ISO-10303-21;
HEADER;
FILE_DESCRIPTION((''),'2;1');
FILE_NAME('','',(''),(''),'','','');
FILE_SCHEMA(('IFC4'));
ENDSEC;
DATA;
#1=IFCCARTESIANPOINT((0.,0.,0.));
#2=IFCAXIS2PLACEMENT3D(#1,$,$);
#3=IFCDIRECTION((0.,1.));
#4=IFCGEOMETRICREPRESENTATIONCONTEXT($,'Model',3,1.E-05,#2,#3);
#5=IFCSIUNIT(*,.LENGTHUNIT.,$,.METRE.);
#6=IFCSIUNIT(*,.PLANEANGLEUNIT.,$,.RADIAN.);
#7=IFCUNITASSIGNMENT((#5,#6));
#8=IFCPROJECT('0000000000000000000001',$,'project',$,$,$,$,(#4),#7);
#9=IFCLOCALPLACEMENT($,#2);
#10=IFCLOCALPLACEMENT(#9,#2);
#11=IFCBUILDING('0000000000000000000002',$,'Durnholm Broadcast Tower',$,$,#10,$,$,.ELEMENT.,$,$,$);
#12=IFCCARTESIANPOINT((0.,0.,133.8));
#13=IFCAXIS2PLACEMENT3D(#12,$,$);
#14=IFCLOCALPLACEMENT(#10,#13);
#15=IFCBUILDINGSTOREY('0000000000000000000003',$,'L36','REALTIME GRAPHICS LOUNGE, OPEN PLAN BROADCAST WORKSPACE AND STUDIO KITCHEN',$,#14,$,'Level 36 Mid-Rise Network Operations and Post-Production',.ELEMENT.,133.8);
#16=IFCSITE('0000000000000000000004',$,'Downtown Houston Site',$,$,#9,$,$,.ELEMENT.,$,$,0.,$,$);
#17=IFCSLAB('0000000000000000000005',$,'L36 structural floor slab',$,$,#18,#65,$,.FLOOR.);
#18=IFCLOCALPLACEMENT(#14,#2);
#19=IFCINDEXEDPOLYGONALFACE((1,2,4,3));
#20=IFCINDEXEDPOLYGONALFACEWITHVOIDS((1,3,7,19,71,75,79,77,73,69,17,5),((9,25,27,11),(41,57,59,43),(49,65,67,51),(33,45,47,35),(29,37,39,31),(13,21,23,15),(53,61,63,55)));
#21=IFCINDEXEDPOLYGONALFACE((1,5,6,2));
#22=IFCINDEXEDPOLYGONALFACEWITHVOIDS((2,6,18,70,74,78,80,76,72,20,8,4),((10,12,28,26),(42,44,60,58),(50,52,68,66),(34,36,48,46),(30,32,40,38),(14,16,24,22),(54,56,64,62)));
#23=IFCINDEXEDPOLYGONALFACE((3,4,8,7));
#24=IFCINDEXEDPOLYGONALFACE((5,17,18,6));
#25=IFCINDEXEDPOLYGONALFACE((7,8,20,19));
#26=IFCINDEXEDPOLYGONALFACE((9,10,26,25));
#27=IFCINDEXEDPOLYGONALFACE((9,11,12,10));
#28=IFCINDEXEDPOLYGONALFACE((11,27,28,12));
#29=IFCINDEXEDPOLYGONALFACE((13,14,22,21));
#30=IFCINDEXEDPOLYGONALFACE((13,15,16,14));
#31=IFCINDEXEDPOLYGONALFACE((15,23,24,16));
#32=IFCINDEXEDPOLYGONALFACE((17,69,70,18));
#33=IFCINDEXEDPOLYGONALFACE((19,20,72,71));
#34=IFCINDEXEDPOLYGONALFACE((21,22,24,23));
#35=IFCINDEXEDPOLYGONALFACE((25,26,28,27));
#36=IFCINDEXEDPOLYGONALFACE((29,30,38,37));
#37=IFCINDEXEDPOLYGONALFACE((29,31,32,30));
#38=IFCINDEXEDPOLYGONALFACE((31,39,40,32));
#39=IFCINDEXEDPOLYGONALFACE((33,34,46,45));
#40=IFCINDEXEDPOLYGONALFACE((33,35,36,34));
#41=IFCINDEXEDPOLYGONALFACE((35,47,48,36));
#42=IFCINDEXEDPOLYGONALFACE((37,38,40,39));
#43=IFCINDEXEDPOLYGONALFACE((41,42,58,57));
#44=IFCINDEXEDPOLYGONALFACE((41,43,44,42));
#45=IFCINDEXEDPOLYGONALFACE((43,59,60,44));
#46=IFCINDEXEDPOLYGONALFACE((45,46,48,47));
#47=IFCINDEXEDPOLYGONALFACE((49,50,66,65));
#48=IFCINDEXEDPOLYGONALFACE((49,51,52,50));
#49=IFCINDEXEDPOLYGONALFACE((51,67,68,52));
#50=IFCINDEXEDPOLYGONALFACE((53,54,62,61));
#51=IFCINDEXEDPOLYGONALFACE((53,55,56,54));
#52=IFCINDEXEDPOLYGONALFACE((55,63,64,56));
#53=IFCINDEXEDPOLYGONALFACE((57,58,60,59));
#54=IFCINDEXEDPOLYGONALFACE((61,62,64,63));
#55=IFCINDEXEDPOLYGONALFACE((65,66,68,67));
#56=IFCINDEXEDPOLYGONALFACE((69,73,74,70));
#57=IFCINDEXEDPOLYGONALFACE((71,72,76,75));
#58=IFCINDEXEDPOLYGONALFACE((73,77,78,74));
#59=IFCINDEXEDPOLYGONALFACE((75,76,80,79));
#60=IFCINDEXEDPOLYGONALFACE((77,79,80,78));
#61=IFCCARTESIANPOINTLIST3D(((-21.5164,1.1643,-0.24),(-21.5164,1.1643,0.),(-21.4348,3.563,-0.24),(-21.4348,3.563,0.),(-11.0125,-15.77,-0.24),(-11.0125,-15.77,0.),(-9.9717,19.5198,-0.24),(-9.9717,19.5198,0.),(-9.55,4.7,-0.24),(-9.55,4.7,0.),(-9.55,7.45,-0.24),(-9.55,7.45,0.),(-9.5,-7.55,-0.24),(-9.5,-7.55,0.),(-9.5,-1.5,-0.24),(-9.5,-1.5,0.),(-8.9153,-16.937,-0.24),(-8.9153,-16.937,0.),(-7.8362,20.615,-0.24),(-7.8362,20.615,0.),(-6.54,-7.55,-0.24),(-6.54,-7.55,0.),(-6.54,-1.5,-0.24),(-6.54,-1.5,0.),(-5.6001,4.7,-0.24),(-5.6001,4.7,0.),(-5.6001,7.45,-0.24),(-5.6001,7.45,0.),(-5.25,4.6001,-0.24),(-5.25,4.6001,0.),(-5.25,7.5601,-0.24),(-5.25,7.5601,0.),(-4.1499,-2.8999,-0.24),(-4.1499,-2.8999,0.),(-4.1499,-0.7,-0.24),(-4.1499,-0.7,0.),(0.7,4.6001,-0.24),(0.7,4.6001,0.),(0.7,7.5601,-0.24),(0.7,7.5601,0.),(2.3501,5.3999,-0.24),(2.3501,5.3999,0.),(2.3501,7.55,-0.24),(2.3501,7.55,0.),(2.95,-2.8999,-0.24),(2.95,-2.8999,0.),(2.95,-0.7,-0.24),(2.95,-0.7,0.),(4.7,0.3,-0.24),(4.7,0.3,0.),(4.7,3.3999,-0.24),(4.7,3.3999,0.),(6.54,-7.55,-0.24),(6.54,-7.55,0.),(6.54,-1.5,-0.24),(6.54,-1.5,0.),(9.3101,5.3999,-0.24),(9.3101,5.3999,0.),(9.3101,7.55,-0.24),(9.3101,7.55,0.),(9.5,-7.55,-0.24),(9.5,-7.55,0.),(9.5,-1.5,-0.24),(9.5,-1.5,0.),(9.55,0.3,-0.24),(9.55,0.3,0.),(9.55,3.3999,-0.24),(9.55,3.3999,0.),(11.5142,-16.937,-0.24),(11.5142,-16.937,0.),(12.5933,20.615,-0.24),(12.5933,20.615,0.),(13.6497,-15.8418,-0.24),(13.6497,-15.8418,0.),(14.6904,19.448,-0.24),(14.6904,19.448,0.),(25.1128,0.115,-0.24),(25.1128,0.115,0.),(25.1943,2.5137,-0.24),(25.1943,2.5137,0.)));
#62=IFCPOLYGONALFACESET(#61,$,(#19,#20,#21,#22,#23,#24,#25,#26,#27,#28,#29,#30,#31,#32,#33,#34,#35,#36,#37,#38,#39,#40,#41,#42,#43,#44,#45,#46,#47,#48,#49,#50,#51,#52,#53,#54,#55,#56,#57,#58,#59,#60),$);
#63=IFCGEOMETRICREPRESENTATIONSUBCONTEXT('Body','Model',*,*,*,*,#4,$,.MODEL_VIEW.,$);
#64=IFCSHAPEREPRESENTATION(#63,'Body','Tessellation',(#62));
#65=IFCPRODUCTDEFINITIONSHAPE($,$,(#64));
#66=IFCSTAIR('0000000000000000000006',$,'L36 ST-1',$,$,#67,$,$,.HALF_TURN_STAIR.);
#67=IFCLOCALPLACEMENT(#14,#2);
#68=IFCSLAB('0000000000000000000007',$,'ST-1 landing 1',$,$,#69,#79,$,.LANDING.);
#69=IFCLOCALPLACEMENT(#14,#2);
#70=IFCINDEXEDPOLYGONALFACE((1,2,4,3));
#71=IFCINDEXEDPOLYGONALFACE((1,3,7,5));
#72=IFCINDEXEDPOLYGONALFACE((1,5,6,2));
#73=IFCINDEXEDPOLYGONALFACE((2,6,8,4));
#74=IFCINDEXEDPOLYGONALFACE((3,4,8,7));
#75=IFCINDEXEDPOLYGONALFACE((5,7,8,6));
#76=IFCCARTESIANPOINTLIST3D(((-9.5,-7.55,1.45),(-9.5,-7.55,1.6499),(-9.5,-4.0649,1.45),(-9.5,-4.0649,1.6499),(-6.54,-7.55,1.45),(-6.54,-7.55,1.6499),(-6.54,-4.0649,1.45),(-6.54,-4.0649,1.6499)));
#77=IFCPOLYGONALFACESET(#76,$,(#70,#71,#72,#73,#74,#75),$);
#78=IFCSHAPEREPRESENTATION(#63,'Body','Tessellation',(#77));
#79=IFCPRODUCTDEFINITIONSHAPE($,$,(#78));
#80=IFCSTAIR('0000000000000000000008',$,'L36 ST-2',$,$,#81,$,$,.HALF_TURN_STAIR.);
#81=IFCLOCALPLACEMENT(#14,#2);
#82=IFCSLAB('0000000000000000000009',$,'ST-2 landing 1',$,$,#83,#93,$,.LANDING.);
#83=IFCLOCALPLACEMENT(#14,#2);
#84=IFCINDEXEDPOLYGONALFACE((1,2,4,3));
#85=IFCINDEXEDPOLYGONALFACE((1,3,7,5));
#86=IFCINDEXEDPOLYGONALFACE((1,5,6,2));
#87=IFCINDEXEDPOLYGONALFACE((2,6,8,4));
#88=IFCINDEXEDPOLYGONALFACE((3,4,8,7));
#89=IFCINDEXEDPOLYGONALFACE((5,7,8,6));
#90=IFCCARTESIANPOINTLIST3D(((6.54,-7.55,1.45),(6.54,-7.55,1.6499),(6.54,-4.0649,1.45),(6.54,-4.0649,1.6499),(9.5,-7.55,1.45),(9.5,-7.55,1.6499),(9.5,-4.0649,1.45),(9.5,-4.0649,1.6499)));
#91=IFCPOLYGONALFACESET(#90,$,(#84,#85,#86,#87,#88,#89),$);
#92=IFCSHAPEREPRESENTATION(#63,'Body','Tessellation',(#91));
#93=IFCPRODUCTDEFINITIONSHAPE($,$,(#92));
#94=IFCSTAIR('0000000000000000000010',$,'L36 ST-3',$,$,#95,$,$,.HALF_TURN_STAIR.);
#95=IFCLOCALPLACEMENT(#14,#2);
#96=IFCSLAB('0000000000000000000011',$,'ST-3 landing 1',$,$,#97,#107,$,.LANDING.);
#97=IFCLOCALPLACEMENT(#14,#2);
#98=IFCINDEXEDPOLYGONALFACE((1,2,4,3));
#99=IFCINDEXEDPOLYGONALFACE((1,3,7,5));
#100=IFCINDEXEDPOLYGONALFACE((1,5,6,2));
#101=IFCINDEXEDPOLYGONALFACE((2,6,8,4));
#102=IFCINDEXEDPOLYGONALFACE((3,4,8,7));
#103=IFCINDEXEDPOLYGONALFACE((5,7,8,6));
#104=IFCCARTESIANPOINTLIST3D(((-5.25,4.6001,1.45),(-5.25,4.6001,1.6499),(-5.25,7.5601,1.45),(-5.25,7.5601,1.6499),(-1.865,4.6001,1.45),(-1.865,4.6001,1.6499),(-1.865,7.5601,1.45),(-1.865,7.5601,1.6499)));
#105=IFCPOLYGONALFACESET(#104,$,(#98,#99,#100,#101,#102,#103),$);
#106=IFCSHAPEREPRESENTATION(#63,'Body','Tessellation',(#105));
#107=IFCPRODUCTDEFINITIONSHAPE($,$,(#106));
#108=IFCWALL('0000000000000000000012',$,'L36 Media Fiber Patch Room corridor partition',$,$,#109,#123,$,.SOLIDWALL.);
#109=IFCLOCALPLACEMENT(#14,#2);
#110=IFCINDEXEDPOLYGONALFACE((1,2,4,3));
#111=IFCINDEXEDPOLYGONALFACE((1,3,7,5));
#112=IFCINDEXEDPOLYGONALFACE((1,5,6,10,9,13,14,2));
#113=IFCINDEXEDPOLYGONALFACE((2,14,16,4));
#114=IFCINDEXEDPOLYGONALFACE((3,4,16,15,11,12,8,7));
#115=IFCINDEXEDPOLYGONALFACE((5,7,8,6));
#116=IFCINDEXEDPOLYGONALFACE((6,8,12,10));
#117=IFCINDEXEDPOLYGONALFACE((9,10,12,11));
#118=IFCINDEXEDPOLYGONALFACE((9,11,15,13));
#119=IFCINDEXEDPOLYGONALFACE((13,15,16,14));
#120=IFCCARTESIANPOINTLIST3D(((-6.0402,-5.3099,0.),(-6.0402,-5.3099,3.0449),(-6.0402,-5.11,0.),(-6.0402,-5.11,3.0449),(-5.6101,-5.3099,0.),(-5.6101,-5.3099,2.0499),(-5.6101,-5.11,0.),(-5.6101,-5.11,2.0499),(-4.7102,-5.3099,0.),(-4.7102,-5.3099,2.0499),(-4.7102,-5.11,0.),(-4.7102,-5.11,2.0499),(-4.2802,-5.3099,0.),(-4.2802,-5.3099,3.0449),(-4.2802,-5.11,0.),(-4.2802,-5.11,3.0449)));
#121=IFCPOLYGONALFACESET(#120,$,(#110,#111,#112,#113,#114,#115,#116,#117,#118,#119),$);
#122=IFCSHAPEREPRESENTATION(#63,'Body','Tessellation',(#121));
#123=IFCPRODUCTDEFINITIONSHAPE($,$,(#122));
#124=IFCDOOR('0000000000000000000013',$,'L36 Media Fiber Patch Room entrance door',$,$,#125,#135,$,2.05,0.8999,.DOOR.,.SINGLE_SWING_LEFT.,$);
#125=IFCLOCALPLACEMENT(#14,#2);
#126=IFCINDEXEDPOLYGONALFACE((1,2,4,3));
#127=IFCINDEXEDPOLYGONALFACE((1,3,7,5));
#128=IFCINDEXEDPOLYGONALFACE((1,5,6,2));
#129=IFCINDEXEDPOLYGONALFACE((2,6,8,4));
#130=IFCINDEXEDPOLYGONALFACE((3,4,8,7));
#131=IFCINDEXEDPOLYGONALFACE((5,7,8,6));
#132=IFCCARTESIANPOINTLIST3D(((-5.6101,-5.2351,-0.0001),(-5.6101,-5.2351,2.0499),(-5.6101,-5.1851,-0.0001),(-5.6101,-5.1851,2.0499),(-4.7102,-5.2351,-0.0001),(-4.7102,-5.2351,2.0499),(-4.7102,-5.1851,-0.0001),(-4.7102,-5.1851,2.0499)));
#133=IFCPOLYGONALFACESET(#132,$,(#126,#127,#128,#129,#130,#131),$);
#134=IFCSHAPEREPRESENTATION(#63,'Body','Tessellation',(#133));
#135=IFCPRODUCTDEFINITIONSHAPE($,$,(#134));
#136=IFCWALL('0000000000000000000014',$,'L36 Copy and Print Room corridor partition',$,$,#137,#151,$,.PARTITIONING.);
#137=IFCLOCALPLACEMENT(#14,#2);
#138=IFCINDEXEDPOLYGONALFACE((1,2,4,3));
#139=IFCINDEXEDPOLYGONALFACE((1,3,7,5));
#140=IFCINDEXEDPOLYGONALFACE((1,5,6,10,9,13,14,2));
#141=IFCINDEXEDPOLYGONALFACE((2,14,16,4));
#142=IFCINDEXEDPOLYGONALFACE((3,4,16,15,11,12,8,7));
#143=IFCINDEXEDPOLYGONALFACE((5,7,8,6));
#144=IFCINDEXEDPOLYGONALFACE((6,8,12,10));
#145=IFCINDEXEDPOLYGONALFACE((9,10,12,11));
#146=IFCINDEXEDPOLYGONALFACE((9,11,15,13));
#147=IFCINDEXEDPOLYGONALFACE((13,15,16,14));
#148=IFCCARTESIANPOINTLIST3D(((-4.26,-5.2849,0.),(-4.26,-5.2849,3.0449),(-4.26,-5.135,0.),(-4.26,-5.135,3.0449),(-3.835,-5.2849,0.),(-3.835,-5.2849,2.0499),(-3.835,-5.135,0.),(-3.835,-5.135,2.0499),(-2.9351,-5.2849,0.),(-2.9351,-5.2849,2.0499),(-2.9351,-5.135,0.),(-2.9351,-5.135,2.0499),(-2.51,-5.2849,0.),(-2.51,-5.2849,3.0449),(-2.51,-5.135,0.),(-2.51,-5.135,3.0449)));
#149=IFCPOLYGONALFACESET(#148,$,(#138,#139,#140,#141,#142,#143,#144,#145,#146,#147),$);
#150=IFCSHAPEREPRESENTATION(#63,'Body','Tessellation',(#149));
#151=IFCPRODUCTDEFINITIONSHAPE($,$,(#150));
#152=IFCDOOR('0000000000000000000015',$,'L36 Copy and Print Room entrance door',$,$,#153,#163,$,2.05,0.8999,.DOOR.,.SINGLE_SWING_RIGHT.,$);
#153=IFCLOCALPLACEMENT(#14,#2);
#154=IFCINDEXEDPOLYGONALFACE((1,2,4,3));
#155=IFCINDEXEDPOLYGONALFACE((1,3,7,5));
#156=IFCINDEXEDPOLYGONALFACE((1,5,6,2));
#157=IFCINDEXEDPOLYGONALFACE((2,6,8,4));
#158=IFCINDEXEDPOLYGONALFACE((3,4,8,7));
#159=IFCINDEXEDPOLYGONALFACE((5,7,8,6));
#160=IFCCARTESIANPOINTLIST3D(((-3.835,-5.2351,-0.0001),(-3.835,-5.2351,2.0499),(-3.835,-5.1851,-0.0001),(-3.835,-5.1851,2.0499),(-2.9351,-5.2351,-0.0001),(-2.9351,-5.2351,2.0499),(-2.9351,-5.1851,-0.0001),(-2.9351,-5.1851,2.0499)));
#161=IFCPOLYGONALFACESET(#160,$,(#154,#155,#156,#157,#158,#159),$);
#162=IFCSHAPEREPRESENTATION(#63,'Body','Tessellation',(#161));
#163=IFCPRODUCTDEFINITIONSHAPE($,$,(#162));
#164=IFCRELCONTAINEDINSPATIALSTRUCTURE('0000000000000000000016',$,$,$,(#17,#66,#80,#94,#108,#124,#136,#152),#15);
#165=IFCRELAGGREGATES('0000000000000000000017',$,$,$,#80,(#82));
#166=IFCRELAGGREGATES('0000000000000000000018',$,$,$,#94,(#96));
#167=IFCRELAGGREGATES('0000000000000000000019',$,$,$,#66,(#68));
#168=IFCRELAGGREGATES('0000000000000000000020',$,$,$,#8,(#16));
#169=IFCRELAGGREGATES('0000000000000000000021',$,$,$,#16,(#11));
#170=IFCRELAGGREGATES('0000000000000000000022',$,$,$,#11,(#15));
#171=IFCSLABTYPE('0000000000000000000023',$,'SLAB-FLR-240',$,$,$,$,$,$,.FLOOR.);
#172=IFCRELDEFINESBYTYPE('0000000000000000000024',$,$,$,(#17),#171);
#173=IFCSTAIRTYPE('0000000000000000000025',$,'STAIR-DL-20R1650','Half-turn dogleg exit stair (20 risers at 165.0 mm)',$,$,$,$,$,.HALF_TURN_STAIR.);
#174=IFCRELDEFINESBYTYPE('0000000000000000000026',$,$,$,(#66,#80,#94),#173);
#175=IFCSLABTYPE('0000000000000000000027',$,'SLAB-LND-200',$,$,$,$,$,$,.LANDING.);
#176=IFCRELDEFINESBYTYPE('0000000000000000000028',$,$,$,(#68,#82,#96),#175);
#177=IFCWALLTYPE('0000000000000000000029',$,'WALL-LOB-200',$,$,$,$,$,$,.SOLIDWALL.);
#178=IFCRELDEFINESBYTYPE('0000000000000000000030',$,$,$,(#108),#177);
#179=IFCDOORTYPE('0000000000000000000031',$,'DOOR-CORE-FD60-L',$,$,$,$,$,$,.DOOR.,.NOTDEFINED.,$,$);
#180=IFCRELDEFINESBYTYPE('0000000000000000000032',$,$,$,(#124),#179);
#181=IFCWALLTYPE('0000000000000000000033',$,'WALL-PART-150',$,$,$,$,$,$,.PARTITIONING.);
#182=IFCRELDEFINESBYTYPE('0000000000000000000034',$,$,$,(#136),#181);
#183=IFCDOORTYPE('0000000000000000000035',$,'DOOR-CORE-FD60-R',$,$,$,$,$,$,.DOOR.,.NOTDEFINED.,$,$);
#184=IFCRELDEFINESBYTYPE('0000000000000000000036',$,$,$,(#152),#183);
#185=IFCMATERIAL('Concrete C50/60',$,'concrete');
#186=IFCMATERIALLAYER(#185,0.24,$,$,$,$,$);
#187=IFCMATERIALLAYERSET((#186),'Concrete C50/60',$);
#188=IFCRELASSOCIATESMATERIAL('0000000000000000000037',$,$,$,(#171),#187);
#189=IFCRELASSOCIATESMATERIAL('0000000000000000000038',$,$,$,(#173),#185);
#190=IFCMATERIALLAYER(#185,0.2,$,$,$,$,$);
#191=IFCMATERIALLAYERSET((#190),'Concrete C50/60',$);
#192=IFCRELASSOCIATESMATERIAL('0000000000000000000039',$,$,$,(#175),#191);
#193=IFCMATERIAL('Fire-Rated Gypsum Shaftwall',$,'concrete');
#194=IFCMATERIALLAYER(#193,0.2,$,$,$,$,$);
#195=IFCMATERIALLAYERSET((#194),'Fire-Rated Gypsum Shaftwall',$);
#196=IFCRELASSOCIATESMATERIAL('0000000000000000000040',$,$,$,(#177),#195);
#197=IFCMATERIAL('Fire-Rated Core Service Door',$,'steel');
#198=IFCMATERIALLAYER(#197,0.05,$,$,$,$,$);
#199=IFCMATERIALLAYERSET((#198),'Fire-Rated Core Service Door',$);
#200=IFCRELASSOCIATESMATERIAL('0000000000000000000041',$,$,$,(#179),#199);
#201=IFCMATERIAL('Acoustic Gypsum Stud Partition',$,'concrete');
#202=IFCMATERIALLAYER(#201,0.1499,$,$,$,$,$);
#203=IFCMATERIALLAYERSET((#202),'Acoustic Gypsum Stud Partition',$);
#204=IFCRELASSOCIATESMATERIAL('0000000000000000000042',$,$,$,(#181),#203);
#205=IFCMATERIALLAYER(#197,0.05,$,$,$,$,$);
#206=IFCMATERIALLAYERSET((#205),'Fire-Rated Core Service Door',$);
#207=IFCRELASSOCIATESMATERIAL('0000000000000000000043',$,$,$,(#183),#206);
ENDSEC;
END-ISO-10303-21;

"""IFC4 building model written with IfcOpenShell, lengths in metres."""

from ifc_helpers import new_model, si_unit, direction, frame, frame_2d, origin, place, context, subcontext, project, spatial, polyline, rectangle, outline, extrude, source, transform, mapped, material, layer, layer_set, type_object, type_shapes, element, fill, aggregate, save


model = new_model("IFC4")

# Units and contexts
model_context = context("Model", 3, precision=1e-05, world=origin(), true_north=direction((0.0, 1.0)))
body_context = subcontext(model_context, "Body", "Model", "MODEL_VIEW")
ifc_project = project(units=[si_unit("LENGTHUNIT", "METRE"), si_unit("PLANEANGLEUNIT", "RADIAN")], contexts=[model_context])

# Site, building, storey
site_placement = place(None, origin())
site = spatial("IfcSite", under=ifc_project, at=site_placement, Name="Downtown Houston Site", CompositionType="ELEMENT", RefElevation=0.0)
building_placement = place(site_placement, origin())
building = spatial("IfcBuilding", under=site, at=building_placement, Name="Durnholm Broadcast Tower", CompositionType="ELEMENT")
storey_placement = place(building_placement, frame((0.0, 0.0, 133.8)))
storey = spatial("IfcBuildingStorey", under=building, at=storey_placement, Name="L36", Description="REALTIME GRAPHICS LOUNGE, OPEN PLAN BROADCAST WORKSPACE AND STUDIO KITCHEN", LongName="Level 36 Mid-Rise Network Operations and Post-Production", CompositionType="ELEMENT", Elevation=133.8)

# Slab
ifc_material_1 = material(Name="Concrete C50/60", Category="concrete")
ifc_layer_1 = layer(ifc_material_1, 0.24)
ifc_layer_set_1 = layer_set([ifc_layer_1], Name="Concrete C50/60")
slab_type_1 = type_object("IfcSlabType", Name="SLAB-FLR-240", PredefinedType="FLOOR", material=ifc_layer_set_1)
slab_1_placement = place(storey_placement, frame((0.0, 0.0, -0.24)))
element("IfcSlab", 1, at=slab_1_placement, inside=storey, type_object=slab_type_1, Name="L36 structural floor slab", PredefinedType="FLOOR", context=body_context, shape_type="SweptSolid", body=[
    extrude(outline(polyline([(-11.0125, -15.77), (-8.9153, -16.937), (11.5142, -16.937), (13.6497, -15.8418), (25.1128, 0.115), (25.1943, 2.5137), (14.6904, 19.448), (12.5933, 20.615), (-7.8362, 20.615), (-9.9717, 19.5198), (-21.4348, 3.563), (-21.5164, 1.1643), (-11.0125, -15.77)]), holes=[polyline([(-6.54, -1.5), (-9.5, -1.5), (-9.5, -7.55), (-6.54, -7.55), (-6.54, -1.5)]), polyline([(9.5, -7.55), (9.5, -1.5), (6.54, -1.5), (6.54, -7.55), (9.5, -7.55)]), polyline([(2.95, -0.7), (-4.1499, -0.7), (-4.1499, -2.8999), (2.95, -2.8999), (2.95, -0.7)]), polyline([(9.55, 3.3999), (4.7, 3.3999), (4.7, 0.3), (9.55, 0.3), (9.55, 3.3999)]), polyline([(-5.6001, 7.45), (-9.55, 7.45), (-9.55, 4.7), (-5.6001, 4.7), (-5.6001, 7.45)]), polyline([(-5.25, 4.6001), (0.7, 4.6001), (0.7, 7.5601), (-5.25, 7.5601), (-5.25, 4.6001)]), polyline([(9.3101, 7.55), (2.3501, 7.55), (2.3501, 5.3999), (9.3101, 5.3999), (9.3101, 7.55)])]), origin(), (0.0, 0.0, 1.0), 0.24),
])

# Stairs, slabs
stair_type = type_object("IfcStairType", Name="STAIR-DL-20R1650", Description="Half-turn dogleg exit stair (20 risers at 165.0 mm)", PredefinedType="HALF_TURN_STAIR", material=ifc_material_1)
stair_1_placement = place(storey_placement, origin())
stair_1 = element("IfcStair", 2, at=stair_1_placement, inside=storey, type_object=stair_type, Name="L36 ST-1", PredefinedType="HALF_TURN_STAIR")
ifc_layer_2 = layer(ifc_material_1, 0.2)
ifc_layer_set_2 = layer_set([ifc_layer_2], Name="Concrete C50/60")
slab_type_2 = type_object("IfcSlabType", Name="SLAB-LND-200", PredefinedType="LANDING", material=ifc_layer_set_2)
slab_2_placement = place(storey_placement, frame((0.0, 0.0, 1.45)))
slab_2 = element("IfcSlab", 3, at=slab_2_placement, type_object=slab_type_2, Name="ST-1 landing 1", PredefinedType="LANDING", context=body_context, shape_type="SweptSolid", body=[
    extrude(outline(polyline([(-9.5, -4.0649), (-9.5, -7.55), (-6.54, -7.55), (-6.54, -4.0649), (-9.5, -4.0649)])), origin(), (0.0, 0.0, 1.0), 0.2),
])
stair_2_placement = place(storey_placement, origin())
stair_2 = element("IfcStair", 4, at=stair_2_placement, inside=storey, type_object=stair_type, Name="L36 ST-2", PredefinedType="HALF_TURN_STAIR")
slab_3_placement = place(storey_placement, frame((0.0, 0.0, 1.45)))
slab_3 = element("IfcSlab", 5, at=slab_3_placement, type_object=slab_type_2, Name="ST-2 landing 1", PredefinedType="LANDING", context=body_context, shape_type="SweptSolid", body=[
    extrude(outline(polyline([(6.54, -4.0649), (6.54, -7.55), (9.5, -7.55), (9.5, -4.0649), (6.54, -4.0649)])), origin(), (0.0, 0.0, 1.0), 0.2),
])
aggregate(stair_2, [slab_3])
stair_3_placement = place(storey_placement, origin())
stair_3 = element("IfcStair", 6, at=stair_3_placement, inside=storey, type_object=stair_type, Name="L36 ST-3", PredefinedType="HALF_TURN_STAIR")
slab_4_placement = place(storey_placement, frame((0.0, 0.0, 1.45)))
slab_4 = element("IfcSlab", 7, at=slab_4_placement, type_object=slab_type_2, Name="ST-3 landing 1", PredefinedType="LANDING", context=body_context, shape_type="SweptSolid", body=[
    extrude(outline(polyline([(-1.865, 7.5601), (-5.25, 7.5601), (-5.25, 4.6001), (-1.865, 4.6001), (-1.865, 7.5601)])), origin(), (0.0, 0.0, 1.0), 0.2),
])
aggregate(stair_3, [slab_4])

# Walls, openings, doors
ifc_material_2 = material(Name="Fire-Rated Gypsum Shaftwall", Category="concrete")
ifc_layer_3 = layer(ifc_material_2, 0.2)
ifc_layer_set_3 = layer_set([ifc_layer_3], Name="Fire-Rated Gypsum Shaftwall")
wall_type_1 = type_object("IfcWallType", Name="WALL-LOB-200", PredefinedType="SOLIDWALL", material=ifc_layer_set_3)
wall_1_placement = place(storey_placement, frame((-6.04, -5.21, 0.0), z_axis=(0.0, 0.0, 1.0), x_axis=(1.0, 0.0, 0.0)))
wall_1 = element("IfcWall", 8, at=wall_1_placement, inside=storey, type_object=wall_type_1, Name="L36 Media Fiber Patch Room corridor partition", PredefinedType="SOLIDWALL", context=body_context, shape_type="SweptSolid", body=[
    extrude(rectangle(XDim=1.76, YDim=0.2, at=frame_2d((0.8799, 0.0))), origin(), (0.0, 0.0, 1.0), 3.0449),
])
opening_1_placement = place(wall_1_placement, frame((0.4299, 0.0, 0.0)))
opening_1 = element("IfcOpeningElement", 9, at=opening_1_placement, cuts=wall_1, PredefinedType="OPENING", context=body_context, shape_type="SweptSolid", body=[
    extrude(rectangle(XDim=0.8999, YDim=2.05, at=frame_2d((0.45, 1.0249))), frame((0.0, 0.1099, 0.0), z_axis=(0.0, -1.0, 0.0), x_axis=(1.0, 0.0, 0.0)), (0.0, 0.0, 1.0), 0.22),
])
ifc_material_3 = material(Name="Fire-Rated Core Service Door", Category="steel")
ifc_layer_4 = layer(ifc_material_3, 0.05)
ifc_layer_set_4 = layer_set([ifc_layer_4], Name="Fire-Rated Core Service Door")
door_type_1 = type_object("IfcDoorType", Name="DOOR-CORE-FD60-L", OperationType="NOTDEFINED", PredefinedType="DOOR", material=ifc_layer_set_4)
shared_shape_1 = source(origin(), body_context, "Body", "SweptSolid", [
    extrude(rectangle(XDim=0.8999, YDim=2.05, at=frame_2d((0.45, 1.0249))), frame((0.0, 0.0249, 0.0), z_axis=(0.0, -1.0, 0.0), x_axis=(1.0, 0.0, 0.0)), (0.0, 0.0, 1.0), 0.05),
])
type_shapes(door_type_1, [shared_shape_1])
door_1_placement = place(opening_1_placement, origin())
door_1 = element("IfcDoor", 10, at=door_1_placement, inside=storey, type_object=door_type_1, Name="L36 Media Fiber Patch Room entrance door", OperationType="SINGLE_SWING_LEFT", OverallHeight=2.05, OverallWidth=0.8999, PredefinedType="DOOR", context=body_context, shape_type="MappedRepresentation", body=[
    mapped(shared_shape_1, transform((0.0, 0.0, 0.0), x_axis=(1.0, 0.0, 0.0), y_axis=(0.0, 1.0, 0.0), z_axis=(0.0, 0.0, 1.0), scale=1.0)),
])
fill(opening_1, door_1)
ifc_material_4 = material(Name="Acoustic Gypsum Stud Partition", Category="concrete")
ifc_layer_5 = layer(ifc_material_4, 0.1499)
ifc_layer_set_5 = layer_set([ifc_layer_5], Name="Acoustic Gypsum Stud Partition")
wall_type_2 = type_object("IfcWallType", Name="WALL-PART-150", PredefinedType="PARTITIONING", material=ifc_layer_set_5)
wall_2_placement = place(storey_placement, frame((-4.26, -5.21, 0.0), z_axis=(0.0, 0.0, 1.0), x_axis=(1.0, 0.0, 0.0)))
wall_2 = element("IfcWall", 11, at=wall_2_placement, inside=storey, type_object=wall_type_2, Name="L36 Copy and Print Room corridor partition", PredefinedType="PARTITIONING", context=body_context, shape_type="SweptSolid", body=[
    extrude(rectangle(XDim=1.75, YDim=0.1499, at=frame_2d((0.875, 0.0))), origin(), (0.0, 0.0, 1.0), 3.0449),
])
opening_2_placement = place(wall_2_placement, frame((0.425, 0.0, 0.0)))
opening_2 = element("IfcOpeningElement", 12, at=opening_2_placement, cuts=wall_2, PredefinedType="OPENING", context=body_context, shape_type="SweptSolid", body=[
    extrude(rectangle(XDim=0.8999, YDim=2.05, at=frame_2d((0.45, 1.0249))), frame((0.0, 0.085, 0.0), z_axis=(0.0, -1.0, 0.0), x_axis=(1.0, 0.0, 0.0)), (0.0, 0.0, 1.0), 0.1699),
])
ifc_layer_6 = layer(ifc_material_3, 0.05)
ifc_layer_set_6 = layer_set([ifc_layer_6], Name="Fire-Rated Core Service Door")
door_type_2 = type_object("IfcDoorType", Name="DOOR-CORE-FD60-R", OperationType="NOTDEFINED", PredefinedType="DOOR", material=ifc_layer_set_6)
shared_shape_2 = source(origin(), body_context, "Body", "SweptSolid", [
    extrude(rectangle(XDim=0.8999, YDim=2.05, at=frame_2d((0.45, 1.0249))), frame((0.0, 0.0249, 0.0), z_axis=(0.0, -1.0, 0.0), x_axis=(1.0, 0.0, 0.0)), (0.0, 0.0, 1.0), 0.05),
])
type_shapes(door_type_2, [shared_shape_2])
door_2_placement = place(opening_2_placement, origin())
door_2 = element("IfcDoor", 13, at=door_2_placement, inside=storey, type_object=door_type_2, Name="L36 Copy and Print Room entrance door", OperationType="SINGLE_SWING_RIGHT", OverallHeight=2.05, OverallWidth=0.8999, PredefinedType="DOOR", context=body_context, shape_type="MappedRepresentation", body=[
    mapped(shared_shape_2, transform((0.0, 0.0, 0.0), x_axis=(1.0, 0.0, 0.0), y_axis=(0.0, 1.0, 0.0), z_axis=(0.0, 0.0, 1.0), scale=1.0)),
])
fill(opening_2, door_2)

aggregate(stair_1, [slab_2])

save(model, "model.ifc")
